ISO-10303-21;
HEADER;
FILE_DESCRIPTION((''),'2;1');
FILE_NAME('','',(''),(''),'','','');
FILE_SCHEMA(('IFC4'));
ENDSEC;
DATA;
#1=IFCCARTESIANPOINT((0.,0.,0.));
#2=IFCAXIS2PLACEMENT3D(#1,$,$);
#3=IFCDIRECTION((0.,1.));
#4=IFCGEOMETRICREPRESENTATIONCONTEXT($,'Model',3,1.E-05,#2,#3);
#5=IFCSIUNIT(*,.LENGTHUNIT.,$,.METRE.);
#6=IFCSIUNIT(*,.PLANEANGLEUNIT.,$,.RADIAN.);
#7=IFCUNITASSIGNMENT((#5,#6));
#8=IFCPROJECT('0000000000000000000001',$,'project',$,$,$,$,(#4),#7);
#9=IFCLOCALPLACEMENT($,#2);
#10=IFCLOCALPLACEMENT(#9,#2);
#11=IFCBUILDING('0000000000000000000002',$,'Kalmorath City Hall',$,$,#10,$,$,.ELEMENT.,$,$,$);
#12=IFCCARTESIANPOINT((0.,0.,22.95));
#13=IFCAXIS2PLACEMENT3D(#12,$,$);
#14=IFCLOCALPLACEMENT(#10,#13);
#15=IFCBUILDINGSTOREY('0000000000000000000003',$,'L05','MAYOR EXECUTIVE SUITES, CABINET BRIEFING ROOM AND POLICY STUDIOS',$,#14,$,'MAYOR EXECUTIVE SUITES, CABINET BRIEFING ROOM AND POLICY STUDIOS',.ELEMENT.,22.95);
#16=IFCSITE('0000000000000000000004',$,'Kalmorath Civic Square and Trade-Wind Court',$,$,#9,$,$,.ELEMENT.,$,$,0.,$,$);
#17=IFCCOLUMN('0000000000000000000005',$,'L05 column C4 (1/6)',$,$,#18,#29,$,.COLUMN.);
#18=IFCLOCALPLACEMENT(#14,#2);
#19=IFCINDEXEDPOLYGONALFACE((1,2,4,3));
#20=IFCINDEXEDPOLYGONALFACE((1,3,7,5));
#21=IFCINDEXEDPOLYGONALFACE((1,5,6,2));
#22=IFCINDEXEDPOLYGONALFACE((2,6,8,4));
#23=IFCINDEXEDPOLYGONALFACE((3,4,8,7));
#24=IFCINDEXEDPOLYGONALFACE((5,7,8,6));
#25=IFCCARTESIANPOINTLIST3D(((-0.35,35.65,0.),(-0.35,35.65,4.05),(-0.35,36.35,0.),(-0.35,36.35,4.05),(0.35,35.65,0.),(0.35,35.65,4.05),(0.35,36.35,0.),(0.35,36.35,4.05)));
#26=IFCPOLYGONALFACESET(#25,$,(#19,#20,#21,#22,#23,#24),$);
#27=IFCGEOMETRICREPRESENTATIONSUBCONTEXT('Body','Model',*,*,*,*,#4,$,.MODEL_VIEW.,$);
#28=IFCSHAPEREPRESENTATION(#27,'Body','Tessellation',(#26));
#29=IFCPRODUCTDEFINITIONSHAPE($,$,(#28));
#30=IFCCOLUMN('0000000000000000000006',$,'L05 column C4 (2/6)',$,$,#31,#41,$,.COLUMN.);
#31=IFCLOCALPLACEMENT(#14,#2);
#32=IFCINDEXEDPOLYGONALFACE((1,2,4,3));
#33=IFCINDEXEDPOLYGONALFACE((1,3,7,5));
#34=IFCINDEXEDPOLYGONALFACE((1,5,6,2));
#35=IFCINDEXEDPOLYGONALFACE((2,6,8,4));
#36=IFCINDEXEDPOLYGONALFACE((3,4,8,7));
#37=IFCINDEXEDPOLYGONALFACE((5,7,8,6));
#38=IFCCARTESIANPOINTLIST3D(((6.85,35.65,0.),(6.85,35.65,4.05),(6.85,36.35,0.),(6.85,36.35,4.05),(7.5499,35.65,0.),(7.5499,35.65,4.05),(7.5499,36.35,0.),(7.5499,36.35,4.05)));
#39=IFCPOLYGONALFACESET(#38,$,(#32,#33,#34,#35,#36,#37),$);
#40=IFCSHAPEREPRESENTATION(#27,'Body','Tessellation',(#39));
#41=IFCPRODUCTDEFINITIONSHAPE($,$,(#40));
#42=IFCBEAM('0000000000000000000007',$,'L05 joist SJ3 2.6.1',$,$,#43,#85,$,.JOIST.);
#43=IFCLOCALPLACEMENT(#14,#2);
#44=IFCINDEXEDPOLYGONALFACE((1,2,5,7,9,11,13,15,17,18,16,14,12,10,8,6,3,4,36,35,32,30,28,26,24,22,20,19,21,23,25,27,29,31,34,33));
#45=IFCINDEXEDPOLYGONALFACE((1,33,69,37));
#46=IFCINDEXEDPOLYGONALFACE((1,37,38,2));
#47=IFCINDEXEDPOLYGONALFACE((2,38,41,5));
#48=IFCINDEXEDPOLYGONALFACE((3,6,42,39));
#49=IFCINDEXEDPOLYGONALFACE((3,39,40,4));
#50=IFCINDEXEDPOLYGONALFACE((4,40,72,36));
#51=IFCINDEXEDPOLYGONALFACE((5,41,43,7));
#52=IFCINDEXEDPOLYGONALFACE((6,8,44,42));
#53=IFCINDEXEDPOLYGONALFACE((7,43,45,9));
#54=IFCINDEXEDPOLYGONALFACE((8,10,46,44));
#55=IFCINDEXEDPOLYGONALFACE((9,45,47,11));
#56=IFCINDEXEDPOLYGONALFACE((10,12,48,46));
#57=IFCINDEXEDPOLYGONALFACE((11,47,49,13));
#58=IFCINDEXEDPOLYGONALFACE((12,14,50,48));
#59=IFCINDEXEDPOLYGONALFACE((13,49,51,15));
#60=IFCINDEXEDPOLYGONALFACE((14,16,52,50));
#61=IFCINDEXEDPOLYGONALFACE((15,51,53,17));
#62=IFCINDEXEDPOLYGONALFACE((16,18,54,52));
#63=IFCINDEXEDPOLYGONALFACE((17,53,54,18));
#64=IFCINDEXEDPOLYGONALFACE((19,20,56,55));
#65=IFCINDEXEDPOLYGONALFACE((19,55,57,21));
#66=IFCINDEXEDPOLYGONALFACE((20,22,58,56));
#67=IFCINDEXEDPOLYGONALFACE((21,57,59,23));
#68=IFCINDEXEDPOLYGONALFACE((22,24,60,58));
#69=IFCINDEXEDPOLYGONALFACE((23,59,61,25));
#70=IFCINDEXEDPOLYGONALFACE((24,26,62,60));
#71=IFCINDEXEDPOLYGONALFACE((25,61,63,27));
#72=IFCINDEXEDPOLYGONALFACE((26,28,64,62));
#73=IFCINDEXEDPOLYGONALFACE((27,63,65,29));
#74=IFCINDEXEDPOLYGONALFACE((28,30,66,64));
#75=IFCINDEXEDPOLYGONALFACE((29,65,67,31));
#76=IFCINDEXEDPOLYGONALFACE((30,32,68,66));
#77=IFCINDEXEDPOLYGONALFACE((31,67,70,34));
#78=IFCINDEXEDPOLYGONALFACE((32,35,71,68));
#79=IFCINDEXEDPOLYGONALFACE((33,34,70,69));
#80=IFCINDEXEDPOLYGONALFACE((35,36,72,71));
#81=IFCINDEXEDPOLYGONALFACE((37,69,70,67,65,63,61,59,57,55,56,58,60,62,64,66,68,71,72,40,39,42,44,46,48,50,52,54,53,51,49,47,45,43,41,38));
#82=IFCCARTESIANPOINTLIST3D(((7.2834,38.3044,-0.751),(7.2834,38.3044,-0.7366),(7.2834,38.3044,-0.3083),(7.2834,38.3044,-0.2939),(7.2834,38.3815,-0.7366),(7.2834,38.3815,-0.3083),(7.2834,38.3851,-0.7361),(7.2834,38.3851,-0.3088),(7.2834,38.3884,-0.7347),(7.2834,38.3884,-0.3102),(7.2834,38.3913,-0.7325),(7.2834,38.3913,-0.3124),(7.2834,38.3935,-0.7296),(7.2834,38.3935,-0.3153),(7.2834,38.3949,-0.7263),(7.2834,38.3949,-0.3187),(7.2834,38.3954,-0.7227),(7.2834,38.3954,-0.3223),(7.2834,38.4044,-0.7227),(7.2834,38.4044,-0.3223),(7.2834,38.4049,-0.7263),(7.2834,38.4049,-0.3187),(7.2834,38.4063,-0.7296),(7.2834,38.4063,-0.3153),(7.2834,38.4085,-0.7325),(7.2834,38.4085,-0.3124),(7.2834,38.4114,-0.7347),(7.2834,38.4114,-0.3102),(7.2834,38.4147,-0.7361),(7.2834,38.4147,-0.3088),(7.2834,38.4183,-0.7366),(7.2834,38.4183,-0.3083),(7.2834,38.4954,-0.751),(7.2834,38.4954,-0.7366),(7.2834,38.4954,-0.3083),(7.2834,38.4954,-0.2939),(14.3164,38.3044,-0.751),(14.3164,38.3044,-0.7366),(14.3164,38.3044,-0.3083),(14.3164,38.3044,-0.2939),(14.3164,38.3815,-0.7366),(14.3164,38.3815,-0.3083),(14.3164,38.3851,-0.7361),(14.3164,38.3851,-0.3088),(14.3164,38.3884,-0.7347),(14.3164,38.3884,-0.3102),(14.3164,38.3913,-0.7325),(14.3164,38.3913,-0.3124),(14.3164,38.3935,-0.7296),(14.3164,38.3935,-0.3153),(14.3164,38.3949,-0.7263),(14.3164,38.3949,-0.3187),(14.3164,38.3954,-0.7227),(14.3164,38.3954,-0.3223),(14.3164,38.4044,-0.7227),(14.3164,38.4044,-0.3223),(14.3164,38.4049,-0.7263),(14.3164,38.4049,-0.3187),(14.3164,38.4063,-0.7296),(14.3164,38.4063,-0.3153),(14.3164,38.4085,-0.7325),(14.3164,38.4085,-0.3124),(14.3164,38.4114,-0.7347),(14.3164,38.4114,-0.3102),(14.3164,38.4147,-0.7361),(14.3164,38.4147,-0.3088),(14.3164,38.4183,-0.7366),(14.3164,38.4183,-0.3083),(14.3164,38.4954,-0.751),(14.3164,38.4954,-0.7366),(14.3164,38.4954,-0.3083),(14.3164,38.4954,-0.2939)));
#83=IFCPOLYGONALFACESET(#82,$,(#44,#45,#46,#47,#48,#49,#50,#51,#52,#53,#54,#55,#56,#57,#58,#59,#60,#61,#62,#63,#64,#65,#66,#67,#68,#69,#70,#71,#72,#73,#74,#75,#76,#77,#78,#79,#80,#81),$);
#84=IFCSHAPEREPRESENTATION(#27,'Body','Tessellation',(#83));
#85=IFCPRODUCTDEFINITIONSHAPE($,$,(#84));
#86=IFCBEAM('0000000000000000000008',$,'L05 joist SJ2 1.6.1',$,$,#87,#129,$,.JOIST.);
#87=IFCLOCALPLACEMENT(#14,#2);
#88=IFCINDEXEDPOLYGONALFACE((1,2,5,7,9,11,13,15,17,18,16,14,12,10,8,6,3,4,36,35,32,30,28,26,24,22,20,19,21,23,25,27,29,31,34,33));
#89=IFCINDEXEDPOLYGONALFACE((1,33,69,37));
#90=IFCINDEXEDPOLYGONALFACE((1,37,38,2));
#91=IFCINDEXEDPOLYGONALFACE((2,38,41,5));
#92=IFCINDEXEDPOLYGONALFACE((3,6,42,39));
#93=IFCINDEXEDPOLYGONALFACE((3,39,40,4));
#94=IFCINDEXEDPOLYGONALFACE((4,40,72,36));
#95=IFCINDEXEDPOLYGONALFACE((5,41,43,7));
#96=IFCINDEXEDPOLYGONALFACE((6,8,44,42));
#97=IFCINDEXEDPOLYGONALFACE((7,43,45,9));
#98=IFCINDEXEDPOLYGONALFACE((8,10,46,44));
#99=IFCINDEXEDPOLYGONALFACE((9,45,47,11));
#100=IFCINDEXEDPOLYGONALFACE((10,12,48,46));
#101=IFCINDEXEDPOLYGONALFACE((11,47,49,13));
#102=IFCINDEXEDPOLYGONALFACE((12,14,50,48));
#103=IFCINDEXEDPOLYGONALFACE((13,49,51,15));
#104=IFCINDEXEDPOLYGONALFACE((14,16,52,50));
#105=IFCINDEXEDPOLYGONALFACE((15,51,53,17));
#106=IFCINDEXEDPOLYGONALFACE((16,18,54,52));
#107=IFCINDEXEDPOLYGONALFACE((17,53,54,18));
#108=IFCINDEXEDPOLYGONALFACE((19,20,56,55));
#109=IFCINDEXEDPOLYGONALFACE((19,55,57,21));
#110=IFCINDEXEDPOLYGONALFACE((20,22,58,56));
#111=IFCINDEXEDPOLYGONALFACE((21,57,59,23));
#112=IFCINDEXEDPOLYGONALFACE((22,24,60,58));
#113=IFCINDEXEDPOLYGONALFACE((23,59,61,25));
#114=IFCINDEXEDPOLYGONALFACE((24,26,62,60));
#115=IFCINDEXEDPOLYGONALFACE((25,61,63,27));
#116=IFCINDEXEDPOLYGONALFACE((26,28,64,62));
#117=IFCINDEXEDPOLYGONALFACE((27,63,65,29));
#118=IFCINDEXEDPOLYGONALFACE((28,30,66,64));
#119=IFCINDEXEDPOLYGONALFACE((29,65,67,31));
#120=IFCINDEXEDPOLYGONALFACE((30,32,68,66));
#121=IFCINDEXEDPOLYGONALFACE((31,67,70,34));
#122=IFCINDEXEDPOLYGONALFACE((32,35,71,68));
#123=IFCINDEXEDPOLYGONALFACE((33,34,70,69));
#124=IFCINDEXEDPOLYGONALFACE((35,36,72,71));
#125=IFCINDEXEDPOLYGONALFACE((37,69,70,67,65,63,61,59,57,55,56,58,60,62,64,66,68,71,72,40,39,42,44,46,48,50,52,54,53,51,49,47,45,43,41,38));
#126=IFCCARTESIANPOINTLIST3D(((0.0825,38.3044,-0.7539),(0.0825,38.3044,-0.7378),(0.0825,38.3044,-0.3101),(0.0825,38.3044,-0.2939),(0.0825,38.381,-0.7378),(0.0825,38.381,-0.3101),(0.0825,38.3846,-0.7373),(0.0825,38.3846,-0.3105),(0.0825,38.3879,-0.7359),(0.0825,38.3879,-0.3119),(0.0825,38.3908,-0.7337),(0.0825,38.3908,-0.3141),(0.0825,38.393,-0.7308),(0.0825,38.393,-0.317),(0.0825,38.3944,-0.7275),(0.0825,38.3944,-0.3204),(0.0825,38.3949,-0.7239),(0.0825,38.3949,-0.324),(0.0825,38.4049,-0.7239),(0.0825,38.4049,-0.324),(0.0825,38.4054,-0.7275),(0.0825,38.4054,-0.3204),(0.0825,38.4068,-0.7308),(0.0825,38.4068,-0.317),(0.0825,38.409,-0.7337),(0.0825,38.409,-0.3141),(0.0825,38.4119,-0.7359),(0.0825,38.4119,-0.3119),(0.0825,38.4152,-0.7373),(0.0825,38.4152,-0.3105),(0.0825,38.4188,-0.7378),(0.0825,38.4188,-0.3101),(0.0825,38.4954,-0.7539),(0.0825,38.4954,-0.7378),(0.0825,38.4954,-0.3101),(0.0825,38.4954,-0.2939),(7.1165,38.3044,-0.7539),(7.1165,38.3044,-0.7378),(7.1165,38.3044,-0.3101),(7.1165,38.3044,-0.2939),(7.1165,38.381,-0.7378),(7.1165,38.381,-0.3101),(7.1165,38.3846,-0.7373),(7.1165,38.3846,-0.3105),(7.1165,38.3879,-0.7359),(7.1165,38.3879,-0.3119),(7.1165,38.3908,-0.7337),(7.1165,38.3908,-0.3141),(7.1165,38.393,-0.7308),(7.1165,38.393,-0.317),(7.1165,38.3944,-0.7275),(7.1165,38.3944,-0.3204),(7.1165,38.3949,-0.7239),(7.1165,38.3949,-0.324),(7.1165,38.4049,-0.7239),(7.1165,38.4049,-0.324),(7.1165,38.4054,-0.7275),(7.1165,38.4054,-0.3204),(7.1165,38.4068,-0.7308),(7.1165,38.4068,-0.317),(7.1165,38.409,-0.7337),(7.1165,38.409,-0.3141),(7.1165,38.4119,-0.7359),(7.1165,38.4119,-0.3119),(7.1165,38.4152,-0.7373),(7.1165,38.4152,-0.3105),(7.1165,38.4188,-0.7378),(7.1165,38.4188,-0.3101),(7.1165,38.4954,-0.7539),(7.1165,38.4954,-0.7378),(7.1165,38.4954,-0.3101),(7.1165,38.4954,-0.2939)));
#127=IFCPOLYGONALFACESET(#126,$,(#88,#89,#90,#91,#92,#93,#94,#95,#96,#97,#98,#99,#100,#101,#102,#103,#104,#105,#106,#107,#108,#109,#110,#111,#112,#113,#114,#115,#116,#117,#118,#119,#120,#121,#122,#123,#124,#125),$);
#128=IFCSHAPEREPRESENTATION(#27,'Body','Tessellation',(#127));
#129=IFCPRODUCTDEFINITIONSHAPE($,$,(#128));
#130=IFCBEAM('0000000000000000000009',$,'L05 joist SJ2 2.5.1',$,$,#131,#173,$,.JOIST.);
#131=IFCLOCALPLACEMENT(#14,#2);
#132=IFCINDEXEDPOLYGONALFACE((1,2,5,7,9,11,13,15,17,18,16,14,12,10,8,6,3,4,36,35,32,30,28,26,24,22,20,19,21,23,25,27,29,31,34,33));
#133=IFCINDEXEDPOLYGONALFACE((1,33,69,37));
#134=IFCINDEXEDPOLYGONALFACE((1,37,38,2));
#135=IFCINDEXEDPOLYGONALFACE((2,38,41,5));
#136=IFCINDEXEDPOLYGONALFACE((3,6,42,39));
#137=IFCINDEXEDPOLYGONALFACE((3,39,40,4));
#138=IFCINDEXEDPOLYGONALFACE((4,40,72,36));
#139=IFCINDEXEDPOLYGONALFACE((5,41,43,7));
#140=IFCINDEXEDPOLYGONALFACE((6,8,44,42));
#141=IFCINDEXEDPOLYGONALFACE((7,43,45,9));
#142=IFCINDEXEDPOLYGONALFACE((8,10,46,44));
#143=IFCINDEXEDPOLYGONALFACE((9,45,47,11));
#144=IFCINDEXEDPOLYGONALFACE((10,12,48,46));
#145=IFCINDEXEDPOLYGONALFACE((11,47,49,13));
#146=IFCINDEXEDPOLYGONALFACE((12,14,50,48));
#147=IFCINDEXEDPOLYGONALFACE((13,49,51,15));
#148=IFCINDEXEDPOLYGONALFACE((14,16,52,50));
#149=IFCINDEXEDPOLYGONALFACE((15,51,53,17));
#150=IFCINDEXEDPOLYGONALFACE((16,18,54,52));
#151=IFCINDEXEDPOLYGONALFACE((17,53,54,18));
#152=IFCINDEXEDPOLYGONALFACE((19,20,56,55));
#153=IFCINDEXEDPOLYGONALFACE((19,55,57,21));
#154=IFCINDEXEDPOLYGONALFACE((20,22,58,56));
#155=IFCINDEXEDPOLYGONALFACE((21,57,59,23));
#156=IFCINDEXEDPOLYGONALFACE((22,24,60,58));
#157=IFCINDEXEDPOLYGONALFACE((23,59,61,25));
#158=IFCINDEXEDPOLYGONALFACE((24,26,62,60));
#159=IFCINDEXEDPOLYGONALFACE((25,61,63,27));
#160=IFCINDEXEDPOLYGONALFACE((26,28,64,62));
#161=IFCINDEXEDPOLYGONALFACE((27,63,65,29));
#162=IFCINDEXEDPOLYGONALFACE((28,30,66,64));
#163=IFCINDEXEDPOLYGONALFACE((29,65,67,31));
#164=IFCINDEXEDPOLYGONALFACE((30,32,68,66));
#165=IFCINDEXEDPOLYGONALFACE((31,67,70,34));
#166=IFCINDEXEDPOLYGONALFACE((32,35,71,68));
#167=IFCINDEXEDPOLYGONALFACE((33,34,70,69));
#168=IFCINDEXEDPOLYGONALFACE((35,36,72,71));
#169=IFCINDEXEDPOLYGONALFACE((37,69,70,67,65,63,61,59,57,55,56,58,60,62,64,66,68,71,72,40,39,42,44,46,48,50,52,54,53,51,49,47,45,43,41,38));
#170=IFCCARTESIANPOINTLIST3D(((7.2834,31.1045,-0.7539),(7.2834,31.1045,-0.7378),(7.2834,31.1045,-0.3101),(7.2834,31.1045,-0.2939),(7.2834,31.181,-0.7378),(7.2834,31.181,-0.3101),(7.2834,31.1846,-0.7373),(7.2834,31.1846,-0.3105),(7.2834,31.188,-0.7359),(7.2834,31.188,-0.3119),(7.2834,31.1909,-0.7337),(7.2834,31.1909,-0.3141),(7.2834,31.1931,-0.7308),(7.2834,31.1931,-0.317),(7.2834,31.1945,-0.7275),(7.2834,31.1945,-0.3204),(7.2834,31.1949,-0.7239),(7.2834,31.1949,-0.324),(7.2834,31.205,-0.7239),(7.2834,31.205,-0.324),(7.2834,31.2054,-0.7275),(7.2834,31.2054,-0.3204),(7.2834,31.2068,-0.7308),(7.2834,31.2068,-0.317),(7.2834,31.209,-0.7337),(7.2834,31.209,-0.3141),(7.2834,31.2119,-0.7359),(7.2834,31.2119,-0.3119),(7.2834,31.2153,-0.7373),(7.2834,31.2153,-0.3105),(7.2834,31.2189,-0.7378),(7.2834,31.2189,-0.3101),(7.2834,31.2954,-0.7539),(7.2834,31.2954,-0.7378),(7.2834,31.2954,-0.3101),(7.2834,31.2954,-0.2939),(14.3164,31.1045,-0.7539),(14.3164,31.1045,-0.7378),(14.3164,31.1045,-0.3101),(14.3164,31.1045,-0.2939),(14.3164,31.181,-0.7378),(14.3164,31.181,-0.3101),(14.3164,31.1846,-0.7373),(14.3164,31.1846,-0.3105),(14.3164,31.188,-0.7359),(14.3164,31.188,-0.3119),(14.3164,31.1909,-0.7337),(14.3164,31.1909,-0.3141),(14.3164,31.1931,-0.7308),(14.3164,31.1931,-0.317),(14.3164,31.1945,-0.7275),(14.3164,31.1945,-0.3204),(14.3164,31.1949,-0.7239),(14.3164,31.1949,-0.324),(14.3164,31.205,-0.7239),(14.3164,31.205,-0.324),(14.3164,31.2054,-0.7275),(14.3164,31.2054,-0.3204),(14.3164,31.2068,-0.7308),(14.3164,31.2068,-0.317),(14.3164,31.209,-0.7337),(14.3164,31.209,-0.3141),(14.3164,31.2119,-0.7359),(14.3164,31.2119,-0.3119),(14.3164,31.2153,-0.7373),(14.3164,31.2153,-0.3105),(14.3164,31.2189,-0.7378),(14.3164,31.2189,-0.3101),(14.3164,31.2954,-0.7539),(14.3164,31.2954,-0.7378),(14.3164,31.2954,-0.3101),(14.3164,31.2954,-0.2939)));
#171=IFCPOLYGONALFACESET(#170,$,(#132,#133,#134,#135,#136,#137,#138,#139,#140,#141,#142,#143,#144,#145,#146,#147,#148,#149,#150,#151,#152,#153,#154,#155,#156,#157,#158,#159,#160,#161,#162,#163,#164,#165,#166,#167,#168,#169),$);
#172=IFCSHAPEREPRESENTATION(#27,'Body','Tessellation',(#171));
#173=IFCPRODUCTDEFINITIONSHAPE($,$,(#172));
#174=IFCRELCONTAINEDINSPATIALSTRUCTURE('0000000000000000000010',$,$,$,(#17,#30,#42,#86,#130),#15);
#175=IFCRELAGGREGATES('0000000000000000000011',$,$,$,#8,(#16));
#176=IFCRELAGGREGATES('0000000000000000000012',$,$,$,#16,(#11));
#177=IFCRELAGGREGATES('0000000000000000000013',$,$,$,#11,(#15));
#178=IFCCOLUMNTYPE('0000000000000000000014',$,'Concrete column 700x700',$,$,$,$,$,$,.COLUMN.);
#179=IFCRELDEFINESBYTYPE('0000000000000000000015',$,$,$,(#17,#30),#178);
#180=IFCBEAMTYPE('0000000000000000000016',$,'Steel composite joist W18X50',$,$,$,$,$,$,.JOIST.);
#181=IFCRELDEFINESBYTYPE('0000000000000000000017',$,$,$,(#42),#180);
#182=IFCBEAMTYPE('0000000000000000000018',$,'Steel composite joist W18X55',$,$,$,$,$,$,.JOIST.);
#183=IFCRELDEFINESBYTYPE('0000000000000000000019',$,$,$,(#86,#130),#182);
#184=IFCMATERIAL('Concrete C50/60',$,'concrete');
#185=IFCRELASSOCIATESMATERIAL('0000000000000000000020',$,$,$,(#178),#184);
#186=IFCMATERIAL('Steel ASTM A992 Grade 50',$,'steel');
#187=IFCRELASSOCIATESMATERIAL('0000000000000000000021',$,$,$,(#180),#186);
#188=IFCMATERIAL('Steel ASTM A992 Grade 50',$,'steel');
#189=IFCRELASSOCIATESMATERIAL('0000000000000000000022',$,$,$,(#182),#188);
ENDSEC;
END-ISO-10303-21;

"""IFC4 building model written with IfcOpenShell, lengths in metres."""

from ifc_helpers import new_model, si_unit, direction, frame, origin, origin_2d, place, context, subcontext, project, spatial, rectangle, i_section, extrude, material, material_profile, profile_set, type_object, element, save


model = new_model("IFC4")

# Units and contexts
model_context = context("Model", 3, precision=1e-05, world=origin(), true_north=direction((0.0, 1.0)))
body_context = subcontext(model_context, "Body", "Model", "MODEL_VIEW")
ifc_project = project(units=[si_unit("LENGTHUNIT", "METRE"), si_unit("PLANEANGLEUNIT", "RADIAN")], contexts=[model_context])

# Site, building, storey
site_placement = place(None, origin())
site = spatial("IfcSite", under=ifc_project, at=site_placement, Name="Kalmorath Civic Square and Trade-Wind Court", CompositionType="ELEMENT", RefElevation=0.0)
building_placement = place(site_placement, origin())
building = spatial("IfcBuilding", under=site, at=building_placement, Name="Kalmorath City Hall", CompositionType="ELEMENT")
storey_placement = place(building_placement, frame((0.0, 0.0, 22.95)))
storey = spatial("IfcBuildingStorey", under=building, at=storey_placement, Name="L05", Description="MAYOR EXECUTIVE SUITES, CABINET BRIEFING ROOM AND POLICY STUDIOS", LongName="MAYOR EXECUTIVE SUITES, CABINET BRIEFING ROOM AND POLICY STUDIOS", CompositionType="ELEMENT", Elevation=22.95)

# Columns
ifc_material_1 = material(Name="Concrete C50/60", Category="concrete")
ifc_material_profile_1 = material_profile(ifc_material_1, rectangle(XDim=0.7, YDim=0.7, at=origin_2d()), Name="RC-COL-700X700")
ifc_profile_set_1 = profile_set([ifc_material_profile_1], Name="Concrete C50/60")
column_type = type_object("IfcColumnType", Name="Concrete column 700x700", PredefinedType="COLUMN", material=ifc_profile_set_1)
for number, where, z_axis, x_axis, name in (
    (1, (0.0, 36.0, 0.0), (0.0, 0.0, 1.0), (1.0, 0.0, 0.0), "L05 column C4 (1/6)"),
    (2, (7.2, 36.0, 0.0), (0.0, 0.0, 1.0), (1.0, 0.0, 0.0), "L05 column C4 (2/6)"),
):
    element("IfcColumn", number, at=place(storey_placement, frame(where, z_axis=z_axis, x_axis=x_axis)), inside=storey, type_object=column_type, Name=name, PredefinedType="COLUMN", context=body_context, shape_type="SweptSolid", body=[
        extrude(rectangle(XDim=0.7, YDim=0.7, at=origin_2d()), origin(), (0.0, 0.0, 1.0), 4.05),
    ])

# Beams
ifc_material_2 = material(Name="Steel ASTM A992 Grade 50", Category="steel")
ifc_material_profile_2 = material_profile(ifc_material_2, i_section(OverallWidth=0.1909, OverallDepth=0.457, WebThickness=0.009, FlangeThickness=0.0144, FilletRadius=0.0139, at=origin_2d()), Name="W18X50")
ifc_profile_set_2 = profile_set([ifc_material_profile_2], Name="Steel ASTM A992 Grade 50")
beam_type_1 = type_object("IfcBeamType", Name="Steel composite joist W18X50", PredefinedType="JOIST", material=ifc_profile_set_2)
beam_1_placement = place(storey_placement, frame((7.2834, 38.3999, -0.5225), z_axis=(1.0, 0.0, 0.0), x_axis=(0.0, 1.0, 0.0)))
element("IfcBeam", 3, at=beam_1_placement, inside=storey, type_object=beam_type_1, Name="L05 joist SJ3 2.6.1", PredefinedType="JOIST", context=body_context, shape_type="SweptSolid", body=[
    extrude(i_section(OverallWidth=0.1909, OverallDepth=0.457, WebThickness=0.009, FlangeThickness=0.0144, FilletRadius=0.0139, at=origin_2d()), origin(), (0.0, 0.0, 1.0), 7.033),
])
ifc_material_3 = material(Name="Steel ASTM A992 Grade 50", Category="steel")
ifc_material_profile_3 = material_profile(ifc_material_3, i_section(OverallWidth=0.1909, OverallDepth=0.46, WebThickness=0.01, FlangeThickness=0.0161, FilletRadius=0.0139, at=origin_2d()), Name="W18X55")
ifc_profile_set_3 = profile_set([ifc_material_profile_3], Name="Steel ASTM A992 Grade 50")
beam_type_2 = type_object("IfcBeamType", Name="Steel composite joist W18X55", PredefinedType="JOIST", material=ifc_profile_set_3)
beam_2_placement = place(storey_placement, frame((0.0825, 38.3999, -0.5239), z_axis=(1.0, 0.0, 0.0), x_axis=(0.0, 1.0, 0.0)))
element("IfcBeam", 4, at=beam_2_placement, inside=storey, type_object=beam_type_2, Name="L05 joist SJ2 1.6.1", PredefinedType="JOIST", context=body_context, shape_type="SweptSolid", body=[
    extrude(i_section(OverallWidth=0.1909, OverallDepth=0.46, WebThickness=0.01, FlangeThickness=0.0161, FilletRadius=0.0139, at=origin_2d()), origin(), (0.0, 0.0, 1.0), 7.0339),
])
for number, where, z_axis, x_axis, name in (
    (5, (7.2834, 31.2, -0.5239), (1.0, 0.0, 0.0), (0.0, 1.0, 0.0), "L05 joist SJ2 2.5.1"),
):
    element("IfcBeam", number, at=place(storey_placement, frame(where, z_axis=z_axis, x_axis=x_axis)), inside=storey, type_object=beam_type_2, Name=name, PredefinedType="JOIST", context=body_context, shape_type="SweptSolid", body=[
        extrude(i_section(OverallWidth=0.1909, OverallDepth=0.46, WebThickness=0.01, FlangeThickness=0.0161, FilletRadius=0.0139, at=origin_2d()), origin(), (0.0, 0.0, 1.0), 7.033),
    ])

save(model, "model.ifc")
